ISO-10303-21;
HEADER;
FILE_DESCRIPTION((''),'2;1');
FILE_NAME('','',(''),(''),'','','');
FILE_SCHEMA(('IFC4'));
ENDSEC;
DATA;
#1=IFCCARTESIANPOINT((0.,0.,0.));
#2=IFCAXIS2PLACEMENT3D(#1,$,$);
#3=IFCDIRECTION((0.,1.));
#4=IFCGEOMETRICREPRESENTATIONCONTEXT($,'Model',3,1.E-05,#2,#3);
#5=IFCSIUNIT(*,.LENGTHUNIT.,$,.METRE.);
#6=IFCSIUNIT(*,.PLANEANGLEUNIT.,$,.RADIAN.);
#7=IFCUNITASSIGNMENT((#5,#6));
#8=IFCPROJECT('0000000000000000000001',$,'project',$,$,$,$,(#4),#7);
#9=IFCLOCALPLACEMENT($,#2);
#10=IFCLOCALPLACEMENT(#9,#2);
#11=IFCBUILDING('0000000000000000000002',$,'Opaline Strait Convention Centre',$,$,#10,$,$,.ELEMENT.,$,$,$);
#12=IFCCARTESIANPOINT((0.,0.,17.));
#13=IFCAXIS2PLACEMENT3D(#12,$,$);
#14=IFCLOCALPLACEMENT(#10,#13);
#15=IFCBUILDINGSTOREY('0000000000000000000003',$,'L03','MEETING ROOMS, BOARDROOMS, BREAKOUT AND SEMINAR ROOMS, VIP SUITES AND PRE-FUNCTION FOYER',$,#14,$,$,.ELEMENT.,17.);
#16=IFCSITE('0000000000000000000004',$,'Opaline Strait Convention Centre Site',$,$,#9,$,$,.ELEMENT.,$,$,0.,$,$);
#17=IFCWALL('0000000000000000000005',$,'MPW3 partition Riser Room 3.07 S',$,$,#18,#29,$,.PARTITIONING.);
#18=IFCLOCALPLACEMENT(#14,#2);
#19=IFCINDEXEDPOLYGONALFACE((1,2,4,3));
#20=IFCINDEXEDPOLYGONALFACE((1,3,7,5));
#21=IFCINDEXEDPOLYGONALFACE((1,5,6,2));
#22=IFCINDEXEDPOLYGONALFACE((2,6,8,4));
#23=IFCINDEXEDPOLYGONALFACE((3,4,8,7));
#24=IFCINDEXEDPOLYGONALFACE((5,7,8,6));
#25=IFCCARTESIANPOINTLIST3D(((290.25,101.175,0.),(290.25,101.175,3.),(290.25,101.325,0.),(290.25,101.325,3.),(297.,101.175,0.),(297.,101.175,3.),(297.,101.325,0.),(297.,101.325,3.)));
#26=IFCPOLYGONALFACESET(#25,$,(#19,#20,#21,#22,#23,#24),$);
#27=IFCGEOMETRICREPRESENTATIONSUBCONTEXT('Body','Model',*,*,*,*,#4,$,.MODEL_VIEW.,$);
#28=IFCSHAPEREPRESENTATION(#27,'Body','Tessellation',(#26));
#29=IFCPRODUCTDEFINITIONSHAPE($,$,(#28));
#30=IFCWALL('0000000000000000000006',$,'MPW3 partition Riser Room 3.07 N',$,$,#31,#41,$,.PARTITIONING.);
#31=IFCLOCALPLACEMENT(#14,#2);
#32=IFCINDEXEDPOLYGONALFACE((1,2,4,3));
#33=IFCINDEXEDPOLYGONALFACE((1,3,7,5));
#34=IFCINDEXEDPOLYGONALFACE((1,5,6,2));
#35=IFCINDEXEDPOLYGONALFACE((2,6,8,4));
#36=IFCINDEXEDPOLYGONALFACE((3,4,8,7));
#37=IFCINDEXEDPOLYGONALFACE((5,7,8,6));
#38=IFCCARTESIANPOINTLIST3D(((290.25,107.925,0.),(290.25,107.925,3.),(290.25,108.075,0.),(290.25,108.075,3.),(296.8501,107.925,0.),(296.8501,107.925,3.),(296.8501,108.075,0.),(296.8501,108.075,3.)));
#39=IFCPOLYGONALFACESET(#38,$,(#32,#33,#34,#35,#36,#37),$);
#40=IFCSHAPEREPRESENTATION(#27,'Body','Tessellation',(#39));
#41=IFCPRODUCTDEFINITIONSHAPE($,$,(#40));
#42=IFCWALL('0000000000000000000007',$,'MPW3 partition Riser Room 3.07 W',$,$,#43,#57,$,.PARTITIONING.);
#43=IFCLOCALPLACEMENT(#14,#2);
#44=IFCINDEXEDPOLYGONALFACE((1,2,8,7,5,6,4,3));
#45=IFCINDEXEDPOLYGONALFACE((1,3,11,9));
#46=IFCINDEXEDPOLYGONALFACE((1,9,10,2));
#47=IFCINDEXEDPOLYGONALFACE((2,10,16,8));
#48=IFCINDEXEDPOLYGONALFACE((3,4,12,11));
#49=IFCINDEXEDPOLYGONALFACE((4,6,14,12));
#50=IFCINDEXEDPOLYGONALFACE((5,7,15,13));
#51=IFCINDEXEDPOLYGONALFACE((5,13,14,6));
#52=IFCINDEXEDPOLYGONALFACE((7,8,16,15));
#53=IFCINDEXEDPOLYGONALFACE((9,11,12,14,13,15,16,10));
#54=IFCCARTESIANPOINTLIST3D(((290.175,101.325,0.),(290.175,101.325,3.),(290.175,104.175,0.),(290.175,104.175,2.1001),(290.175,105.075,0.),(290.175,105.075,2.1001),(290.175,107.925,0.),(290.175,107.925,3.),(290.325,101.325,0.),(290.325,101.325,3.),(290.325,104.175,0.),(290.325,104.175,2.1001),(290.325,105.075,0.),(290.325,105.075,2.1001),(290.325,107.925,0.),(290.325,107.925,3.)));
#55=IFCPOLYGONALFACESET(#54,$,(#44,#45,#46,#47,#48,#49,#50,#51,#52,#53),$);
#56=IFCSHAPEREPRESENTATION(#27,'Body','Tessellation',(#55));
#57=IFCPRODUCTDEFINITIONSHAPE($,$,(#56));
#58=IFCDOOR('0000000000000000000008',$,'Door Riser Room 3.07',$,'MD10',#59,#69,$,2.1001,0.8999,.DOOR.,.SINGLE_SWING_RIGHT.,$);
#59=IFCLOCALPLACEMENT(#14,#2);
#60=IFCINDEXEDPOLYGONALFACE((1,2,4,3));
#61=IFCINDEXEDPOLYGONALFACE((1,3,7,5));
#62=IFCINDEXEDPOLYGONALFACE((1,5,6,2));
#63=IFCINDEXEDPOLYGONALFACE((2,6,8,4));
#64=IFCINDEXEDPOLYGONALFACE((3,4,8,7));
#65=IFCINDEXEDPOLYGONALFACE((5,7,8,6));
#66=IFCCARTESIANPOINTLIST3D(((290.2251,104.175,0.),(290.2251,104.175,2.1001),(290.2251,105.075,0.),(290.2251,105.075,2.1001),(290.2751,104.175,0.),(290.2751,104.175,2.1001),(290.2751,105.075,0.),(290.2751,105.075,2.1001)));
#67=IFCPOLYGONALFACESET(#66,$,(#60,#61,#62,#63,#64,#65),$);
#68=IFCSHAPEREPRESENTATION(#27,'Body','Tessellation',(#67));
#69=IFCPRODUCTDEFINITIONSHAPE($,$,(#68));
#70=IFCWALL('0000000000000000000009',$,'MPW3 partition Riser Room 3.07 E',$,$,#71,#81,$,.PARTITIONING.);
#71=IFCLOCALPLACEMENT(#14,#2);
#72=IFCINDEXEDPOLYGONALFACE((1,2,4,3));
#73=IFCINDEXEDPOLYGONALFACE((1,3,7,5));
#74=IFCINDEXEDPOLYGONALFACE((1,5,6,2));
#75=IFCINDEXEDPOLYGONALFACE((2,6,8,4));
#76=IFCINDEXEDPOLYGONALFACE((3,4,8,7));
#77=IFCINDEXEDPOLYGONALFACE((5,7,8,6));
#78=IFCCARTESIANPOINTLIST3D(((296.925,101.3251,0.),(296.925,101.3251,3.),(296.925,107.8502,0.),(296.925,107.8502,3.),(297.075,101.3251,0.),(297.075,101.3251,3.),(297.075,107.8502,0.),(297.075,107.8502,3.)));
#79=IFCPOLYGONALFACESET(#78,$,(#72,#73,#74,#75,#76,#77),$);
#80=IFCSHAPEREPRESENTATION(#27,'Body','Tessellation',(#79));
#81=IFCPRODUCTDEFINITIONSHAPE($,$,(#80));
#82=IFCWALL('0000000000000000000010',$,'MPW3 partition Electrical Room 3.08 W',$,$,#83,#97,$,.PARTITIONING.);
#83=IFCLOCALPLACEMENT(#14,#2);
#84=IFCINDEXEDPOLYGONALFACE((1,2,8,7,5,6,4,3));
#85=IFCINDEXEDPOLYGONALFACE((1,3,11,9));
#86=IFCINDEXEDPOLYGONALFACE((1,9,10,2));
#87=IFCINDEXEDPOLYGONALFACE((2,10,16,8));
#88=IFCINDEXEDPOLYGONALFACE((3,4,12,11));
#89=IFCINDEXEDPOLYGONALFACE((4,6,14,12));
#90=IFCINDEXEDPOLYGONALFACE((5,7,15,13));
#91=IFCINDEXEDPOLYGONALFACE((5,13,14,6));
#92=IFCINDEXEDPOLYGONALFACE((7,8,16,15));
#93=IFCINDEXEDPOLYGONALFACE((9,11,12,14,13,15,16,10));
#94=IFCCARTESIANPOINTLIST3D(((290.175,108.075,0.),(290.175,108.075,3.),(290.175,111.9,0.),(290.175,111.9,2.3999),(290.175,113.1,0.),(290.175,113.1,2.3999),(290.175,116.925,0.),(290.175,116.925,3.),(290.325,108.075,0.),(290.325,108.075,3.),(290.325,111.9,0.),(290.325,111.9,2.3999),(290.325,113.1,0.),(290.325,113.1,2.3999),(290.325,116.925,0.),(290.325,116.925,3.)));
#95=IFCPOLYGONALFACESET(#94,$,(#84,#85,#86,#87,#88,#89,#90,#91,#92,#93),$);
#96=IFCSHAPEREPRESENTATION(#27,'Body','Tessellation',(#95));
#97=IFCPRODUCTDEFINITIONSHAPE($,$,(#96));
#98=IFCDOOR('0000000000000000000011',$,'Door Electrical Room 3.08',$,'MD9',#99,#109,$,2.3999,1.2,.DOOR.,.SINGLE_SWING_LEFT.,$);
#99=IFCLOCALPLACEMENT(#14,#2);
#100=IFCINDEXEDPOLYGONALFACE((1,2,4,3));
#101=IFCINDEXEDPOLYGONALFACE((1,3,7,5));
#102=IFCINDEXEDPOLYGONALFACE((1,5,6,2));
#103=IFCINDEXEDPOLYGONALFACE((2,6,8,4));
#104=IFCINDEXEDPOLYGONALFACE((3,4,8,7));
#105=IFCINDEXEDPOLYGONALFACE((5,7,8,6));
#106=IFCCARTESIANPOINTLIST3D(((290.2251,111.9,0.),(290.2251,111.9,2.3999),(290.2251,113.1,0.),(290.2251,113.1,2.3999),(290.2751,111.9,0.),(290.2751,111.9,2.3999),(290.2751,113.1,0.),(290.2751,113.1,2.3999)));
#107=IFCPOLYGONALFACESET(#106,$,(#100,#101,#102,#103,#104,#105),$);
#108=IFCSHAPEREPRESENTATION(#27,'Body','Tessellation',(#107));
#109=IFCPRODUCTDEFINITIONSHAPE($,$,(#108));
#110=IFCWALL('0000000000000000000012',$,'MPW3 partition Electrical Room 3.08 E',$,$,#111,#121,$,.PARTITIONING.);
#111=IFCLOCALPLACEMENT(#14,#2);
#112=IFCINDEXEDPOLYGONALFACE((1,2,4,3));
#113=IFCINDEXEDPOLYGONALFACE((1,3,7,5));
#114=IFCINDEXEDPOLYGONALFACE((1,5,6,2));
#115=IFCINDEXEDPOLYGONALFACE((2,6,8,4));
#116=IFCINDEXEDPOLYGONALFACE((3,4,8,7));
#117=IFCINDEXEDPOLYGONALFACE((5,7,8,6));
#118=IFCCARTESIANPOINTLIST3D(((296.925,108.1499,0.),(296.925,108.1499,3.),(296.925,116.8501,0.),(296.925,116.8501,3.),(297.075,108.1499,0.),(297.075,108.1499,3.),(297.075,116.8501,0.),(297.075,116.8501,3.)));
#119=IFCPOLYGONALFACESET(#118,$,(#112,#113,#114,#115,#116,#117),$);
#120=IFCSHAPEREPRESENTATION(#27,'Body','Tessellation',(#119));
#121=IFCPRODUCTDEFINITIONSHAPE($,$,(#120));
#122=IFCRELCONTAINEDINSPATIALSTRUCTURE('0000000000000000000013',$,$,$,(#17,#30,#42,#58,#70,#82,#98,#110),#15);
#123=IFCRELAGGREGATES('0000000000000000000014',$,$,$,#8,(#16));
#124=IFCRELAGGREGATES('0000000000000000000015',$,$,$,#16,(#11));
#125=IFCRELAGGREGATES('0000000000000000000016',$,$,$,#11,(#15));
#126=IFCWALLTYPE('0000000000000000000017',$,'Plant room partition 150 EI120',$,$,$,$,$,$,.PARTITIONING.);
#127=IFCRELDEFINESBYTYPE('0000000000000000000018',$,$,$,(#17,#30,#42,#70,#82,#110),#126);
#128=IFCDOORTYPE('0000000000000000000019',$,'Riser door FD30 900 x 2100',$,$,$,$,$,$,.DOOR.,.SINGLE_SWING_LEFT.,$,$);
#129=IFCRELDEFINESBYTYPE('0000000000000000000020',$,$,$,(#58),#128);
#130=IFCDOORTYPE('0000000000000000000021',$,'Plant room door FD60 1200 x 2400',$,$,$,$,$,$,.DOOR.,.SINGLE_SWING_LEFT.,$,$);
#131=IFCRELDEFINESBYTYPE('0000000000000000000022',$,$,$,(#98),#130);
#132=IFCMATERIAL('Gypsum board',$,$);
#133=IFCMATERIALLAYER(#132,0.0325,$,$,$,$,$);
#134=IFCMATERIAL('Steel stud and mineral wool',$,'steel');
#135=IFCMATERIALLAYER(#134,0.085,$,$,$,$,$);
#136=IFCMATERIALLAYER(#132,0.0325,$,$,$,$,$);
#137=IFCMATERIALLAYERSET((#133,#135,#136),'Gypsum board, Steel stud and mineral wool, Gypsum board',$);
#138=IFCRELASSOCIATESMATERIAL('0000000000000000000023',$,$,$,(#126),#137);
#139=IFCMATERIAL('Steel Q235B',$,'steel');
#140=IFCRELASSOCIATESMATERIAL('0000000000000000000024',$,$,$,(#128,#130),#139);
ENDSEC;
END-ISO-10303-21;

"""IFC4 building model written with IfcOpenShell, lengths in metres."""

from ifc_helpers import new_model, si_unit, direction, frame, frame_2d, origin, place, context, subcontext, project, spatial, rectangle, extrude, material, layer, layer_set, type_object, element, fill, save


model = new_model("IFC4")

# Units and contexts
model_context = context("Model", 3, precision=1e-05, world=origin(), true_north=direction((0.0, 1.0)))
body_context = subcontext(model_context, "Body", "Model", "MODEL_VIEW")
ifc_project = project(units=[si_unit("LENGTHUNIT", "METRE"), si_unit("PLANEANGLEUNIT", "RADIAN")], contexts=[model_context])

# Site, building, storey
site_placement = place(None, origin())
site = spatial("IfcSite", under=ifc_project, at=site_placement, Name="Opaline Strait Convention Centre Site", CompositionType="ELEMENT", RefElevation=0.0)
building_placement = place(site_placement, origin())
building = spatial("IfcBuilding", under=site, at=building_placement, Name="Opaline Strait Convention Centre", CompositionType="ELEMENT")
storey_placement = place(building_placement, frame((0.0, 0.0, 17.0)))
storey = spatial("IfcBuildingStorey", under=building, at=storey_placement, Name="L03", Description="MEETING ROOMS, BOARDROOMS, BREAKOUT AND SEMINAR ROOMS, VIP SUITES AND PRE-FUNCTION FOYER", CompositionType="ELEMENT", Elevation=17.0)

# Shared definitions
ifc_material_1 = material(Name="Gypsum board")
ifc_material_2 = material(Name="Steel stud and mineral wool", Category="steel")

# Walls
ifc_layer_1 = layer(ifc_material_1, 0.0325)
ifc_layer_2 = layer(ifc_material_2, 0.085)
ifc_layer_3 = layer(ifc_material_1, 0.0325)
ifc_layer_set_1 = layer_set([ifc_layer_1, ifc_layer_2, ifc_layer_3], Name="Gypsum board, Steel stud and mineral wool, Gypsum board")
wall_type_1 = type_object("IfcWallType", Name="Plant room partition 150 EI120", PredefinedType="PARTITIONING", material=ifc_layer_set_1)
wall_1_placement = place(storey_placement, frame((290.25, 101.25, 0.0), z_axis=(0.0, 0.0, 1.0), x_axis=(1.0, 0.0, 0.0)))
element("IfcWall", 1, at=wall_1_placement, inside=storey, type_object=wall_type_1, Name="MPW3 partition Riser Room 3.07 S", PredefinedType="PARTITIONING", context=body_context, shape_type="SweptSolid", body=[
    extrude(rectangle(XDim=6.75, YDim=0.1499, at=frame_2d((3.375, 0.0))), origin(), (0.0, 0.0, 1.0), 3.0),
])
wall_2_placement = place(storey_placement, frame((290.25, 108.0, 0.0), z_axis=(0.0, 0.0, 1.0), x_axis=(1.0, 0.0, 0.0)))
element("IfcWall", 2, at=wall_2_placement, inside=storey, type_object=wall_type_1, Name="MPW3 partition Riser Room 3.07 N", PredefinedType="PARTITIONING", context=body_context, shape_type="SweptSolid", body=[
    extrude(rectangle(XDim=6.6001, YDim=0.1499, at=frame_2d((3.3, 0.0))), origin(), (0.0, 0.0, 1.0), 3.0),
])

# Wall, opening, door
wall_3_placement = place(storey_placement, frame((290.25, 101.325, 0.0), z_axis=(0.0, 0.0, 1.0), x_axis=(0.0, 1.0, 0.0)))
wall_3 = element("IfcWall", 3, at=wall_3_placement, inside=storey, type_object=wall_type_1, Name="MPW3 partition Riser Room 3.07 W", PredefinedType="PARTITIONING", context=body_context, shape_type="SweptSolid", body=[
    extrude(rectangle(XDim=6.6001, YDim=0.1499, at=frame_2d((3.3, 0.0))), origin(), (0.0, 0.0, 1.0), 3.0),
])
opening_1_placement = place(wall_3_placement, frame((2.8501, 0.0, 0.0)))
opening_1 = element("IfcOpeningElement", 4, at=opening_1_placement, cuts=wall_3, PredefinedType="OPENING", context=body_context, shape_type="SweptSolid", body=[
    extrude(rectangle(XDim=0.8999, YDim=2.1001, at=frame_2d((0.45, 1.05))), frame((0.0, 0.085, 0.0), z_axis=(0.0, -1.0, 0.0), x_axis=(1.0, 0.0, 0.0)), (0.0, 0.0, 1.0), 0.1699),
])
ifc_material_3 = material(Name="Steel Q235B", Category="steel")
door_type_1 = type_object("IfcDoorType", Name="Riser door FD30 900 x 2100", OperationType="SINGLE_SWING_LEFT", PredefinedType="DOOR", material=ifc_material_3)
door_1_placement = place(opening_1_placement, origin())
door_1 = element("IfcDoor", 5, at=door_1_placement, inside=storey, type_object=door_type_1, Name="Door Riser Room 3.07", ObjectType="MD10", OperationType="SINGLE_SWING_RIGHT", OverallHeight=2.1001, OverallWidth=0.8999, PredefinedType="DOOR", context=body_context, shape_type="SweptSolid", body=[
    extrude(rectangle(XDim=0.8999, YDim=2.1001, at=frame_2d((0.45, 1.05))), frame((0.0, 0.0249, 0.0), z_axis=(0.0, -1.0, 0.0), x_axis=(1.0, 0.0, 0.0)), (0.0, 0.0, 1.0), 0.05),
])
fill(opening_1, door_1)

# Wall
wall_4_placement = place(storey_placement, frame((297.0, 101.325, 0.0), z_axis=(0.0, 0.0, 1.0), x_axis=(0.0, 1.0, 0.0)))
element("IfcWall", 6, at=wall_4_placement, inside=storey, type_object=wall_type_1, Name="MPW3 partition Riser Room 3.07 E", PredefinedType="PARTITIONING", context=body_context, shape_type="SweptSolid", body=[
    extrude(rectangle(XDim=6.5251, YDim=0.1499, at=frame_2d((3.2627, 0.0))), origin(), (0.0, 0.0, 1.0), 3.0),
])

# Wall, opening, door
wall_5_placement = place(storey_placement, frame((290.25, 108.075, 0.0), z_axis=(0.0, 0.0, 1.0), x_axis=(0.0, 1.0, 0.0)))
wall_5 = element("IfcWall", 7, at=wall_5_placement, inside=storey, type_object=wall_type_1, Name="MPW3 partition Electrical Room 3.08 W", PredefinedType="PARTITIONING", context=body_context, shape_type="SweptSolid", body=[
    extrude(rectangle(XDim=8.8501, YDim=0.1499, at=frame_2d((4.425, 0.0))), origin(), (0.0, 0.0, 1.0), 3.0),
])
opening_2_placement = place(wall_5_placement, frame((3.825, 0.0, 0.0)))
opening_2 = element("IfcOpeningElement", 8, at=opening_2_placement, cuts=wall_5, PredefinedType="OPENING", context=body_context, shape_type="SweptSolid", body=[
    extrude(rectangle(XDim=1.2, YDim=2.3999, at=frame_2d((0.6001, 1.2))), frame((0.0, 0.085, 0.0), z_axis=(0.0, -1.0, 0.0), x_axis=(1.0, 0.0, 0.0)), (0.0, 0.0, 1.0), 0.1699),
])
door_type_2 = type_object("IfcDoorType", Name="Plant room door FD60 1200 x 2400", OperationType="SINGLE_SWING_LEFT", PredefinedType="DOOR", material=ifc_material_3)
door_2_placement = place(opening_2_placement, origin())
door_2 = element("IfcDoor", 9, at=door_2_placement, inside=storey, type_object=door_type_2, Name="Door Electrical Room 3.08", ObjectType="MD9", OperationType="SINGLE_SWING_LEFT", OverallHeight=2.3999, OverallWidth=1.2, PredefinedType="DOOR", context=body_context, shape_type="SweptSolid", body=[
    extrude(rectangle(XDim=1.2, YDim=2.3999, at=frame_2d((0.6001, 1.2))), frame((0.0, 0.0249, 0.0), z_axis=(0.0, -1.0, 0.0), x_axis=(1.0, 0.0, 0.0)), (0.0, 0.0, 1.0), 0.05),
])
fill(opening_2, door_2)

# Wall
wall_6_placement = place(storey_placement, frame((297.0, 108.1499, 0.0), z_axis=(0.0, 0.0, 1.0), x_axis=(0.0, 1.0, 0.0)))
element("IfcWall", 10, at=wall_6_placement, inside=storey, type_object=wall_type_1, Name="MPW3 partition Electrical Room 3.08 E", PredefinedType="PARTITIONING", context=body_context, shape_type="SweptSolid", body=[
    extrude(rectangle(XDim=8.7002, YDim=0.1499, at=frame_2d((4.3501, 0.0))), origin(), (0.0, 0.0, 1.0), 3.0),
])

save(model, "model.ifc")
